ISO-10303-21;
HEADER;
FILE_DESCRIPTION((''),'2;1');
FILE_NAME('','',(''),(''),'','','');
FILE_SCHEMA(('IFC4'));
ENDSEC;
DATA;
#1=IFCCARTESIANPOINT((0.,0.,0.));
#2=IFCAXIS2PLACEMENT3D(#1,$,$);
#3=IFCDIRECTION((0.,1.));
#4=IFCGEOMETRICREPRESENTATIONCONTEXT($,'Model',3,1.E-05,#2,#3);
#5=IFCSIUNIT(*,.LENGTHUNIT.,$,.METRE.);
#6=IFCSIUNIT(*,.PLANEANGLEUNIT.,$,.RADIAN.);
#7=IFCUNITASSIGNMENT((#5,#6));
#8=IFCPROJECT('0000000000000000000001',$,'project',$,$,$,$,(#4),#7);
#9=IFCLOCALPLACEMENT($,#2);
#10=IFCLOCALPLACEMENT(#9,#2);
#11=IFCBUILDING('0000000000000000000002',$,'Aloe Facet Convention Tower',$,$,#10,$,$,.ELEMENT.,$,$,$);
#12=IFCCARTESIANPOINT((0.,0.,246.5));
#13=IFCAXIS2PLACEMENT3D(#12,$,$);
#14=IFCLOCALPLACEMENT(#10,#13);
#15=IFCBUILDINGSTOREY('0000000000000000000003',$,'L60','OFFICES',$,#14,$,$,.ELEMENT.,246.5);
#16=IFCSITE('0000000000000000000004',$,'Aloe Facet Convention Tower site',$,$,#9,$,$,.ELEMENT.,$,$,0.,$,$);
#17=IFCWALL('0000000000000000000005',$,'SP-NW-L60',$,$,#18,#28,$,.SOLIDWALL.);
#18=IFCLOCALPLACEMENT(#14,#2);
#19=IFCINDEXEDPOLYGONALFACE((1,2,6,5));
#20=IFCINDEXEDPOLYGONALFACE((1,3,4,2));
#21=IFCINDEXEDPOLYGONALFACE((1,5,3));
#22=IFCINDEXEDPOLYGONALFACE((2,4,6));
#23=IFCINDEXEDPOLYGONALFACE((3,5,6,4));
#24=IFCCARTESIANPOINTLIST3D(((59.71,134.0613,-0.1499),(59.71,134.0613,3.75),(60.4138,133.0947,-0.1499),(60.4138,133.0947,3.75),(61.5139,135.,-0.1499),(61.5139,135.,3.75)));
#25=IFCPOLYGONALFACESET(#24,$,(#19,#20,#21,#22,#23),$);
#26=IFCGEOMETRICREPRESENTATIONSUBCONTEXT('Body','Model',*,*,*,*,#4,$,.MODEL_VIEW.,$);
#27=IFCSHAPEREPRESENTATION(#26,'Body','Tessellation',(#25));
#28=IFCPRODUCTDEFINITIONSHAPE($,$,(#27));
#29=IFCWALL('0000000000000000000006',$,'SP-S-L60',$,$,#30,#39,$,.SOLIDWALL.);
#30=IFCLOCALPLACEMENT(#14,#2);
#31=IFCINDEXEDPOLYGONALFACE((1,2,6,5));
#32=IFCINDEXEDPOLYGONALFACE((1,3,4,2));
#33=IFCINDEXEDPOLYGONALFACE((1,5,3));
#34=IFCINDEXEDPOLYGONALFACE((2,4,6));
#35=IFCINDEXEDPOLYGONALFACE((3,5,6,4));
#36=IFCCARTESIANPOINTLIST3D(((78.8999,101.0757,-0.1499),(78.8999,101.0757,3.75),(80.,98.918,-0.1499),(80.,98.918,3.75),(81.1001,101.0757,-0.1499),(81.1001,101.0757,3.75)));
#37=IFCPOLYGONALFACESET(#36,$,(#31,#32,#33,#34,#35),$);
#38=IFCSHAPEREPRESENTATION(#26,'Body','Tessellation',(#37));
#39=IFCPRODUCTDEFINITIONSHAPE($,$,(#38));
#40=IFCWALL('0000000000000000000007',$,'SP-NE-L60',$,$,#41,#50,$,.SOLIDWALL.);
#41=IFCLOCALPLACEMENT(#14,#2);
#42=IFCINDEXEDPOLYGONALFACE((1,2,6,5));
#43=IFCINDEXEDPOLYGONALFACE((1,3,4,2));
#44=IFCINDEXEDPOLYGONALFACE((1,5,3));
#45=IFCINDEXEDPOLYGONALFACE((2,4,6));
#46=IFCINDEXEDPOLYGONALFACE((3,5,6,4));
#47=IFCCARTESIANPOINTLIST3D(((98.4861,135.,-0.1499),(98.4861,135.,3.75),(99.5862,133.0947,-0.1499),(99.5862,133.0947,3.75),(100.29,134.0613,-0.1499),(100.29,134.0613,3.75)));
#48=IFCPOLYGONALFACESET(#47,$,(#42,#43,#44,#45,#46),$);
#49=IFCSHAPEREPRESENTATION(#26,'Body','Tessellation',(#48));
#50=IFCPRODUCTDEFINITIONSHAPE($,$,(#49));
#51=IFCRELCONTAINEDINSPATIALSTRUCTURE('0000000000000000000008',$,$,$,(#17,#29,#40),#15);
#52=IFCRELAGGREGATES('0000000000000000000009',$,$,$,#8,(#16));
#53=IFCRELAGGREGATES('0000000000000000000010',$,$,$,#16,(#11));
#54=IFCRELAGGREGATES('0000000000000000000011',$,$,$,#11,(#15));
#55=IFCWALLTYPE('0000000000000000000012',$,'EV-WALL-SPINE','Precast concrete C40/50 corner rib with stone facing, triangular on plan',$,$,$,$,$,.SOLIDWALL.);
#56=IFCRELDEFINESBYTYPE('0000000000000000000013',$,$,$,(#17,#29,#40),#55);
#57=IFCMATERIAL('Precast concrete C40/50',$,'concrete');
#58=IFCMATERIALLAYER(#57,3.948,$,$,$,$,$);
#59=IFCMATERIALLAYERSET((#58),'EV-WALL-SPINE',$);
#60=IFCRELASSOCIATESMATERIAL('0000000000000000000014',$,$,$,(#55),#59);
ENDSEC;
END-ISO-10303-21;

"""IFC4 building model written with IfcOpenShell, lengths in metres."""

from ifc_helpers import new_model, si_unit, direction, frame, origin, place, context, subcontext, project, spatial, polyline, outline, extrude, material, layer, layer_set, type_object, element, save


model = new_model("IFC4")

# Units and contexts
model_context = context("Model", 3, precision=1e-05, world=origin(), true_north=direction((0.0, 1.0)))
body_context = subcontext(model_context, "Body", "Model", "MODEL_VIEW")
ifc_project = project(units=[si_unit("LENGTHUNIT", "METRE"), si_unit("PLANEANGLEUNIT", "RADIAN")], contexts=[model_context])

# Site, building, storey
site_placement = place(None, origin())
site = spatial("IfcSite", under=ifc_project, at=site_placement, Name="Aloe Facet Convention Tower site", CompositionType="ELEMENT", RefElevation=0.0)
building_placement = place(site_placement, origin())
building = spatial("IfcBuilding", under=site, at=building_placement, Name="Aloe Facet Convention Tower", CompositionType="ELEMENT")
storey_placement = place(building_placement, frame((0.0, 0.0, 246.5)))
storey = spatial("IfcBuildingStorey", under=building, at=storey_placement, Name="L60", Description="OFFICES", CompositionType="ELEMENT", Elevation=246.5)

# Walls
ifc_material_1 = material(Name="Precast concrete C40/50", Category="concrete")
ifc_layer_1 = layer(ifc_material_1, 3.948)
ifc_layer_set_1 = layer_set([ifc_layer_1], Name="EV-WALL-SPINE")
wall_type_1 = type_object("IfcWallType", Name="EV-WALL-SPINE", Description="Precast concrete C40/50 corner rib with stone facing, triangular on plan", PredefinedType="SOLIDWALL", material=ifc_layer_set_1)
wall_1_placement = place(storey_placement, frame((0.0, 0.0, -0.1499)))
element("IfcWall", 1, at=wall_1_placement, inside=storey, type_object=wall_type_1, Name="SP-NW-L60", PredefinedType="SOLIDWALL", context=body_context, shape_type="SweptSolid", body=[
    extrude(outline(polyline([(61.5139, 135.0), (59.71, 134.0613), (60.4138, 133.0947), (61.5139, 135.0)])), origin(), (0.0, 0.0, 1.0), 3.8999),
])
wall_2_placement = place(storey_placement, frame((0.0, 0.0, -0.1499)))
element("IfcWall", 2, at=wall_2_placement, inside=storey, type_object=wall_type_1, Name="SP-S-L60", PredefinedType="SOLIDWALL", context=body_context, shape_type="SweptSolid", body=[
    extrude(outline(polyline([(78.8999, 101.0757), (80.0, 98.918), (81.1001, 101.0757), (78.8999, 101.0757)])), origin(), (0.0, 0.0, 1.0), 3.8999),
])
wall_3_placement = place(storey_placement, frame((0.0, 0.0, -0.1499)))
element("IfcWall", 3, at=wall_3_placement, inside=storey, type_object=wall_type_1, Name="SP-NE-L60", PredefinedType="SOLIDWALL", context=body_context, shape_type="SweptSolid", body=[
    extrude(outline(polyline([(99.5862, 133.0947), (100.29, 134.0613), (98.4861, 135.0), (99.5862, 133.0947)])), origin(), (0.0, 0.0, 1.0), 3.8999),
])

save(model, "model.ifc")
